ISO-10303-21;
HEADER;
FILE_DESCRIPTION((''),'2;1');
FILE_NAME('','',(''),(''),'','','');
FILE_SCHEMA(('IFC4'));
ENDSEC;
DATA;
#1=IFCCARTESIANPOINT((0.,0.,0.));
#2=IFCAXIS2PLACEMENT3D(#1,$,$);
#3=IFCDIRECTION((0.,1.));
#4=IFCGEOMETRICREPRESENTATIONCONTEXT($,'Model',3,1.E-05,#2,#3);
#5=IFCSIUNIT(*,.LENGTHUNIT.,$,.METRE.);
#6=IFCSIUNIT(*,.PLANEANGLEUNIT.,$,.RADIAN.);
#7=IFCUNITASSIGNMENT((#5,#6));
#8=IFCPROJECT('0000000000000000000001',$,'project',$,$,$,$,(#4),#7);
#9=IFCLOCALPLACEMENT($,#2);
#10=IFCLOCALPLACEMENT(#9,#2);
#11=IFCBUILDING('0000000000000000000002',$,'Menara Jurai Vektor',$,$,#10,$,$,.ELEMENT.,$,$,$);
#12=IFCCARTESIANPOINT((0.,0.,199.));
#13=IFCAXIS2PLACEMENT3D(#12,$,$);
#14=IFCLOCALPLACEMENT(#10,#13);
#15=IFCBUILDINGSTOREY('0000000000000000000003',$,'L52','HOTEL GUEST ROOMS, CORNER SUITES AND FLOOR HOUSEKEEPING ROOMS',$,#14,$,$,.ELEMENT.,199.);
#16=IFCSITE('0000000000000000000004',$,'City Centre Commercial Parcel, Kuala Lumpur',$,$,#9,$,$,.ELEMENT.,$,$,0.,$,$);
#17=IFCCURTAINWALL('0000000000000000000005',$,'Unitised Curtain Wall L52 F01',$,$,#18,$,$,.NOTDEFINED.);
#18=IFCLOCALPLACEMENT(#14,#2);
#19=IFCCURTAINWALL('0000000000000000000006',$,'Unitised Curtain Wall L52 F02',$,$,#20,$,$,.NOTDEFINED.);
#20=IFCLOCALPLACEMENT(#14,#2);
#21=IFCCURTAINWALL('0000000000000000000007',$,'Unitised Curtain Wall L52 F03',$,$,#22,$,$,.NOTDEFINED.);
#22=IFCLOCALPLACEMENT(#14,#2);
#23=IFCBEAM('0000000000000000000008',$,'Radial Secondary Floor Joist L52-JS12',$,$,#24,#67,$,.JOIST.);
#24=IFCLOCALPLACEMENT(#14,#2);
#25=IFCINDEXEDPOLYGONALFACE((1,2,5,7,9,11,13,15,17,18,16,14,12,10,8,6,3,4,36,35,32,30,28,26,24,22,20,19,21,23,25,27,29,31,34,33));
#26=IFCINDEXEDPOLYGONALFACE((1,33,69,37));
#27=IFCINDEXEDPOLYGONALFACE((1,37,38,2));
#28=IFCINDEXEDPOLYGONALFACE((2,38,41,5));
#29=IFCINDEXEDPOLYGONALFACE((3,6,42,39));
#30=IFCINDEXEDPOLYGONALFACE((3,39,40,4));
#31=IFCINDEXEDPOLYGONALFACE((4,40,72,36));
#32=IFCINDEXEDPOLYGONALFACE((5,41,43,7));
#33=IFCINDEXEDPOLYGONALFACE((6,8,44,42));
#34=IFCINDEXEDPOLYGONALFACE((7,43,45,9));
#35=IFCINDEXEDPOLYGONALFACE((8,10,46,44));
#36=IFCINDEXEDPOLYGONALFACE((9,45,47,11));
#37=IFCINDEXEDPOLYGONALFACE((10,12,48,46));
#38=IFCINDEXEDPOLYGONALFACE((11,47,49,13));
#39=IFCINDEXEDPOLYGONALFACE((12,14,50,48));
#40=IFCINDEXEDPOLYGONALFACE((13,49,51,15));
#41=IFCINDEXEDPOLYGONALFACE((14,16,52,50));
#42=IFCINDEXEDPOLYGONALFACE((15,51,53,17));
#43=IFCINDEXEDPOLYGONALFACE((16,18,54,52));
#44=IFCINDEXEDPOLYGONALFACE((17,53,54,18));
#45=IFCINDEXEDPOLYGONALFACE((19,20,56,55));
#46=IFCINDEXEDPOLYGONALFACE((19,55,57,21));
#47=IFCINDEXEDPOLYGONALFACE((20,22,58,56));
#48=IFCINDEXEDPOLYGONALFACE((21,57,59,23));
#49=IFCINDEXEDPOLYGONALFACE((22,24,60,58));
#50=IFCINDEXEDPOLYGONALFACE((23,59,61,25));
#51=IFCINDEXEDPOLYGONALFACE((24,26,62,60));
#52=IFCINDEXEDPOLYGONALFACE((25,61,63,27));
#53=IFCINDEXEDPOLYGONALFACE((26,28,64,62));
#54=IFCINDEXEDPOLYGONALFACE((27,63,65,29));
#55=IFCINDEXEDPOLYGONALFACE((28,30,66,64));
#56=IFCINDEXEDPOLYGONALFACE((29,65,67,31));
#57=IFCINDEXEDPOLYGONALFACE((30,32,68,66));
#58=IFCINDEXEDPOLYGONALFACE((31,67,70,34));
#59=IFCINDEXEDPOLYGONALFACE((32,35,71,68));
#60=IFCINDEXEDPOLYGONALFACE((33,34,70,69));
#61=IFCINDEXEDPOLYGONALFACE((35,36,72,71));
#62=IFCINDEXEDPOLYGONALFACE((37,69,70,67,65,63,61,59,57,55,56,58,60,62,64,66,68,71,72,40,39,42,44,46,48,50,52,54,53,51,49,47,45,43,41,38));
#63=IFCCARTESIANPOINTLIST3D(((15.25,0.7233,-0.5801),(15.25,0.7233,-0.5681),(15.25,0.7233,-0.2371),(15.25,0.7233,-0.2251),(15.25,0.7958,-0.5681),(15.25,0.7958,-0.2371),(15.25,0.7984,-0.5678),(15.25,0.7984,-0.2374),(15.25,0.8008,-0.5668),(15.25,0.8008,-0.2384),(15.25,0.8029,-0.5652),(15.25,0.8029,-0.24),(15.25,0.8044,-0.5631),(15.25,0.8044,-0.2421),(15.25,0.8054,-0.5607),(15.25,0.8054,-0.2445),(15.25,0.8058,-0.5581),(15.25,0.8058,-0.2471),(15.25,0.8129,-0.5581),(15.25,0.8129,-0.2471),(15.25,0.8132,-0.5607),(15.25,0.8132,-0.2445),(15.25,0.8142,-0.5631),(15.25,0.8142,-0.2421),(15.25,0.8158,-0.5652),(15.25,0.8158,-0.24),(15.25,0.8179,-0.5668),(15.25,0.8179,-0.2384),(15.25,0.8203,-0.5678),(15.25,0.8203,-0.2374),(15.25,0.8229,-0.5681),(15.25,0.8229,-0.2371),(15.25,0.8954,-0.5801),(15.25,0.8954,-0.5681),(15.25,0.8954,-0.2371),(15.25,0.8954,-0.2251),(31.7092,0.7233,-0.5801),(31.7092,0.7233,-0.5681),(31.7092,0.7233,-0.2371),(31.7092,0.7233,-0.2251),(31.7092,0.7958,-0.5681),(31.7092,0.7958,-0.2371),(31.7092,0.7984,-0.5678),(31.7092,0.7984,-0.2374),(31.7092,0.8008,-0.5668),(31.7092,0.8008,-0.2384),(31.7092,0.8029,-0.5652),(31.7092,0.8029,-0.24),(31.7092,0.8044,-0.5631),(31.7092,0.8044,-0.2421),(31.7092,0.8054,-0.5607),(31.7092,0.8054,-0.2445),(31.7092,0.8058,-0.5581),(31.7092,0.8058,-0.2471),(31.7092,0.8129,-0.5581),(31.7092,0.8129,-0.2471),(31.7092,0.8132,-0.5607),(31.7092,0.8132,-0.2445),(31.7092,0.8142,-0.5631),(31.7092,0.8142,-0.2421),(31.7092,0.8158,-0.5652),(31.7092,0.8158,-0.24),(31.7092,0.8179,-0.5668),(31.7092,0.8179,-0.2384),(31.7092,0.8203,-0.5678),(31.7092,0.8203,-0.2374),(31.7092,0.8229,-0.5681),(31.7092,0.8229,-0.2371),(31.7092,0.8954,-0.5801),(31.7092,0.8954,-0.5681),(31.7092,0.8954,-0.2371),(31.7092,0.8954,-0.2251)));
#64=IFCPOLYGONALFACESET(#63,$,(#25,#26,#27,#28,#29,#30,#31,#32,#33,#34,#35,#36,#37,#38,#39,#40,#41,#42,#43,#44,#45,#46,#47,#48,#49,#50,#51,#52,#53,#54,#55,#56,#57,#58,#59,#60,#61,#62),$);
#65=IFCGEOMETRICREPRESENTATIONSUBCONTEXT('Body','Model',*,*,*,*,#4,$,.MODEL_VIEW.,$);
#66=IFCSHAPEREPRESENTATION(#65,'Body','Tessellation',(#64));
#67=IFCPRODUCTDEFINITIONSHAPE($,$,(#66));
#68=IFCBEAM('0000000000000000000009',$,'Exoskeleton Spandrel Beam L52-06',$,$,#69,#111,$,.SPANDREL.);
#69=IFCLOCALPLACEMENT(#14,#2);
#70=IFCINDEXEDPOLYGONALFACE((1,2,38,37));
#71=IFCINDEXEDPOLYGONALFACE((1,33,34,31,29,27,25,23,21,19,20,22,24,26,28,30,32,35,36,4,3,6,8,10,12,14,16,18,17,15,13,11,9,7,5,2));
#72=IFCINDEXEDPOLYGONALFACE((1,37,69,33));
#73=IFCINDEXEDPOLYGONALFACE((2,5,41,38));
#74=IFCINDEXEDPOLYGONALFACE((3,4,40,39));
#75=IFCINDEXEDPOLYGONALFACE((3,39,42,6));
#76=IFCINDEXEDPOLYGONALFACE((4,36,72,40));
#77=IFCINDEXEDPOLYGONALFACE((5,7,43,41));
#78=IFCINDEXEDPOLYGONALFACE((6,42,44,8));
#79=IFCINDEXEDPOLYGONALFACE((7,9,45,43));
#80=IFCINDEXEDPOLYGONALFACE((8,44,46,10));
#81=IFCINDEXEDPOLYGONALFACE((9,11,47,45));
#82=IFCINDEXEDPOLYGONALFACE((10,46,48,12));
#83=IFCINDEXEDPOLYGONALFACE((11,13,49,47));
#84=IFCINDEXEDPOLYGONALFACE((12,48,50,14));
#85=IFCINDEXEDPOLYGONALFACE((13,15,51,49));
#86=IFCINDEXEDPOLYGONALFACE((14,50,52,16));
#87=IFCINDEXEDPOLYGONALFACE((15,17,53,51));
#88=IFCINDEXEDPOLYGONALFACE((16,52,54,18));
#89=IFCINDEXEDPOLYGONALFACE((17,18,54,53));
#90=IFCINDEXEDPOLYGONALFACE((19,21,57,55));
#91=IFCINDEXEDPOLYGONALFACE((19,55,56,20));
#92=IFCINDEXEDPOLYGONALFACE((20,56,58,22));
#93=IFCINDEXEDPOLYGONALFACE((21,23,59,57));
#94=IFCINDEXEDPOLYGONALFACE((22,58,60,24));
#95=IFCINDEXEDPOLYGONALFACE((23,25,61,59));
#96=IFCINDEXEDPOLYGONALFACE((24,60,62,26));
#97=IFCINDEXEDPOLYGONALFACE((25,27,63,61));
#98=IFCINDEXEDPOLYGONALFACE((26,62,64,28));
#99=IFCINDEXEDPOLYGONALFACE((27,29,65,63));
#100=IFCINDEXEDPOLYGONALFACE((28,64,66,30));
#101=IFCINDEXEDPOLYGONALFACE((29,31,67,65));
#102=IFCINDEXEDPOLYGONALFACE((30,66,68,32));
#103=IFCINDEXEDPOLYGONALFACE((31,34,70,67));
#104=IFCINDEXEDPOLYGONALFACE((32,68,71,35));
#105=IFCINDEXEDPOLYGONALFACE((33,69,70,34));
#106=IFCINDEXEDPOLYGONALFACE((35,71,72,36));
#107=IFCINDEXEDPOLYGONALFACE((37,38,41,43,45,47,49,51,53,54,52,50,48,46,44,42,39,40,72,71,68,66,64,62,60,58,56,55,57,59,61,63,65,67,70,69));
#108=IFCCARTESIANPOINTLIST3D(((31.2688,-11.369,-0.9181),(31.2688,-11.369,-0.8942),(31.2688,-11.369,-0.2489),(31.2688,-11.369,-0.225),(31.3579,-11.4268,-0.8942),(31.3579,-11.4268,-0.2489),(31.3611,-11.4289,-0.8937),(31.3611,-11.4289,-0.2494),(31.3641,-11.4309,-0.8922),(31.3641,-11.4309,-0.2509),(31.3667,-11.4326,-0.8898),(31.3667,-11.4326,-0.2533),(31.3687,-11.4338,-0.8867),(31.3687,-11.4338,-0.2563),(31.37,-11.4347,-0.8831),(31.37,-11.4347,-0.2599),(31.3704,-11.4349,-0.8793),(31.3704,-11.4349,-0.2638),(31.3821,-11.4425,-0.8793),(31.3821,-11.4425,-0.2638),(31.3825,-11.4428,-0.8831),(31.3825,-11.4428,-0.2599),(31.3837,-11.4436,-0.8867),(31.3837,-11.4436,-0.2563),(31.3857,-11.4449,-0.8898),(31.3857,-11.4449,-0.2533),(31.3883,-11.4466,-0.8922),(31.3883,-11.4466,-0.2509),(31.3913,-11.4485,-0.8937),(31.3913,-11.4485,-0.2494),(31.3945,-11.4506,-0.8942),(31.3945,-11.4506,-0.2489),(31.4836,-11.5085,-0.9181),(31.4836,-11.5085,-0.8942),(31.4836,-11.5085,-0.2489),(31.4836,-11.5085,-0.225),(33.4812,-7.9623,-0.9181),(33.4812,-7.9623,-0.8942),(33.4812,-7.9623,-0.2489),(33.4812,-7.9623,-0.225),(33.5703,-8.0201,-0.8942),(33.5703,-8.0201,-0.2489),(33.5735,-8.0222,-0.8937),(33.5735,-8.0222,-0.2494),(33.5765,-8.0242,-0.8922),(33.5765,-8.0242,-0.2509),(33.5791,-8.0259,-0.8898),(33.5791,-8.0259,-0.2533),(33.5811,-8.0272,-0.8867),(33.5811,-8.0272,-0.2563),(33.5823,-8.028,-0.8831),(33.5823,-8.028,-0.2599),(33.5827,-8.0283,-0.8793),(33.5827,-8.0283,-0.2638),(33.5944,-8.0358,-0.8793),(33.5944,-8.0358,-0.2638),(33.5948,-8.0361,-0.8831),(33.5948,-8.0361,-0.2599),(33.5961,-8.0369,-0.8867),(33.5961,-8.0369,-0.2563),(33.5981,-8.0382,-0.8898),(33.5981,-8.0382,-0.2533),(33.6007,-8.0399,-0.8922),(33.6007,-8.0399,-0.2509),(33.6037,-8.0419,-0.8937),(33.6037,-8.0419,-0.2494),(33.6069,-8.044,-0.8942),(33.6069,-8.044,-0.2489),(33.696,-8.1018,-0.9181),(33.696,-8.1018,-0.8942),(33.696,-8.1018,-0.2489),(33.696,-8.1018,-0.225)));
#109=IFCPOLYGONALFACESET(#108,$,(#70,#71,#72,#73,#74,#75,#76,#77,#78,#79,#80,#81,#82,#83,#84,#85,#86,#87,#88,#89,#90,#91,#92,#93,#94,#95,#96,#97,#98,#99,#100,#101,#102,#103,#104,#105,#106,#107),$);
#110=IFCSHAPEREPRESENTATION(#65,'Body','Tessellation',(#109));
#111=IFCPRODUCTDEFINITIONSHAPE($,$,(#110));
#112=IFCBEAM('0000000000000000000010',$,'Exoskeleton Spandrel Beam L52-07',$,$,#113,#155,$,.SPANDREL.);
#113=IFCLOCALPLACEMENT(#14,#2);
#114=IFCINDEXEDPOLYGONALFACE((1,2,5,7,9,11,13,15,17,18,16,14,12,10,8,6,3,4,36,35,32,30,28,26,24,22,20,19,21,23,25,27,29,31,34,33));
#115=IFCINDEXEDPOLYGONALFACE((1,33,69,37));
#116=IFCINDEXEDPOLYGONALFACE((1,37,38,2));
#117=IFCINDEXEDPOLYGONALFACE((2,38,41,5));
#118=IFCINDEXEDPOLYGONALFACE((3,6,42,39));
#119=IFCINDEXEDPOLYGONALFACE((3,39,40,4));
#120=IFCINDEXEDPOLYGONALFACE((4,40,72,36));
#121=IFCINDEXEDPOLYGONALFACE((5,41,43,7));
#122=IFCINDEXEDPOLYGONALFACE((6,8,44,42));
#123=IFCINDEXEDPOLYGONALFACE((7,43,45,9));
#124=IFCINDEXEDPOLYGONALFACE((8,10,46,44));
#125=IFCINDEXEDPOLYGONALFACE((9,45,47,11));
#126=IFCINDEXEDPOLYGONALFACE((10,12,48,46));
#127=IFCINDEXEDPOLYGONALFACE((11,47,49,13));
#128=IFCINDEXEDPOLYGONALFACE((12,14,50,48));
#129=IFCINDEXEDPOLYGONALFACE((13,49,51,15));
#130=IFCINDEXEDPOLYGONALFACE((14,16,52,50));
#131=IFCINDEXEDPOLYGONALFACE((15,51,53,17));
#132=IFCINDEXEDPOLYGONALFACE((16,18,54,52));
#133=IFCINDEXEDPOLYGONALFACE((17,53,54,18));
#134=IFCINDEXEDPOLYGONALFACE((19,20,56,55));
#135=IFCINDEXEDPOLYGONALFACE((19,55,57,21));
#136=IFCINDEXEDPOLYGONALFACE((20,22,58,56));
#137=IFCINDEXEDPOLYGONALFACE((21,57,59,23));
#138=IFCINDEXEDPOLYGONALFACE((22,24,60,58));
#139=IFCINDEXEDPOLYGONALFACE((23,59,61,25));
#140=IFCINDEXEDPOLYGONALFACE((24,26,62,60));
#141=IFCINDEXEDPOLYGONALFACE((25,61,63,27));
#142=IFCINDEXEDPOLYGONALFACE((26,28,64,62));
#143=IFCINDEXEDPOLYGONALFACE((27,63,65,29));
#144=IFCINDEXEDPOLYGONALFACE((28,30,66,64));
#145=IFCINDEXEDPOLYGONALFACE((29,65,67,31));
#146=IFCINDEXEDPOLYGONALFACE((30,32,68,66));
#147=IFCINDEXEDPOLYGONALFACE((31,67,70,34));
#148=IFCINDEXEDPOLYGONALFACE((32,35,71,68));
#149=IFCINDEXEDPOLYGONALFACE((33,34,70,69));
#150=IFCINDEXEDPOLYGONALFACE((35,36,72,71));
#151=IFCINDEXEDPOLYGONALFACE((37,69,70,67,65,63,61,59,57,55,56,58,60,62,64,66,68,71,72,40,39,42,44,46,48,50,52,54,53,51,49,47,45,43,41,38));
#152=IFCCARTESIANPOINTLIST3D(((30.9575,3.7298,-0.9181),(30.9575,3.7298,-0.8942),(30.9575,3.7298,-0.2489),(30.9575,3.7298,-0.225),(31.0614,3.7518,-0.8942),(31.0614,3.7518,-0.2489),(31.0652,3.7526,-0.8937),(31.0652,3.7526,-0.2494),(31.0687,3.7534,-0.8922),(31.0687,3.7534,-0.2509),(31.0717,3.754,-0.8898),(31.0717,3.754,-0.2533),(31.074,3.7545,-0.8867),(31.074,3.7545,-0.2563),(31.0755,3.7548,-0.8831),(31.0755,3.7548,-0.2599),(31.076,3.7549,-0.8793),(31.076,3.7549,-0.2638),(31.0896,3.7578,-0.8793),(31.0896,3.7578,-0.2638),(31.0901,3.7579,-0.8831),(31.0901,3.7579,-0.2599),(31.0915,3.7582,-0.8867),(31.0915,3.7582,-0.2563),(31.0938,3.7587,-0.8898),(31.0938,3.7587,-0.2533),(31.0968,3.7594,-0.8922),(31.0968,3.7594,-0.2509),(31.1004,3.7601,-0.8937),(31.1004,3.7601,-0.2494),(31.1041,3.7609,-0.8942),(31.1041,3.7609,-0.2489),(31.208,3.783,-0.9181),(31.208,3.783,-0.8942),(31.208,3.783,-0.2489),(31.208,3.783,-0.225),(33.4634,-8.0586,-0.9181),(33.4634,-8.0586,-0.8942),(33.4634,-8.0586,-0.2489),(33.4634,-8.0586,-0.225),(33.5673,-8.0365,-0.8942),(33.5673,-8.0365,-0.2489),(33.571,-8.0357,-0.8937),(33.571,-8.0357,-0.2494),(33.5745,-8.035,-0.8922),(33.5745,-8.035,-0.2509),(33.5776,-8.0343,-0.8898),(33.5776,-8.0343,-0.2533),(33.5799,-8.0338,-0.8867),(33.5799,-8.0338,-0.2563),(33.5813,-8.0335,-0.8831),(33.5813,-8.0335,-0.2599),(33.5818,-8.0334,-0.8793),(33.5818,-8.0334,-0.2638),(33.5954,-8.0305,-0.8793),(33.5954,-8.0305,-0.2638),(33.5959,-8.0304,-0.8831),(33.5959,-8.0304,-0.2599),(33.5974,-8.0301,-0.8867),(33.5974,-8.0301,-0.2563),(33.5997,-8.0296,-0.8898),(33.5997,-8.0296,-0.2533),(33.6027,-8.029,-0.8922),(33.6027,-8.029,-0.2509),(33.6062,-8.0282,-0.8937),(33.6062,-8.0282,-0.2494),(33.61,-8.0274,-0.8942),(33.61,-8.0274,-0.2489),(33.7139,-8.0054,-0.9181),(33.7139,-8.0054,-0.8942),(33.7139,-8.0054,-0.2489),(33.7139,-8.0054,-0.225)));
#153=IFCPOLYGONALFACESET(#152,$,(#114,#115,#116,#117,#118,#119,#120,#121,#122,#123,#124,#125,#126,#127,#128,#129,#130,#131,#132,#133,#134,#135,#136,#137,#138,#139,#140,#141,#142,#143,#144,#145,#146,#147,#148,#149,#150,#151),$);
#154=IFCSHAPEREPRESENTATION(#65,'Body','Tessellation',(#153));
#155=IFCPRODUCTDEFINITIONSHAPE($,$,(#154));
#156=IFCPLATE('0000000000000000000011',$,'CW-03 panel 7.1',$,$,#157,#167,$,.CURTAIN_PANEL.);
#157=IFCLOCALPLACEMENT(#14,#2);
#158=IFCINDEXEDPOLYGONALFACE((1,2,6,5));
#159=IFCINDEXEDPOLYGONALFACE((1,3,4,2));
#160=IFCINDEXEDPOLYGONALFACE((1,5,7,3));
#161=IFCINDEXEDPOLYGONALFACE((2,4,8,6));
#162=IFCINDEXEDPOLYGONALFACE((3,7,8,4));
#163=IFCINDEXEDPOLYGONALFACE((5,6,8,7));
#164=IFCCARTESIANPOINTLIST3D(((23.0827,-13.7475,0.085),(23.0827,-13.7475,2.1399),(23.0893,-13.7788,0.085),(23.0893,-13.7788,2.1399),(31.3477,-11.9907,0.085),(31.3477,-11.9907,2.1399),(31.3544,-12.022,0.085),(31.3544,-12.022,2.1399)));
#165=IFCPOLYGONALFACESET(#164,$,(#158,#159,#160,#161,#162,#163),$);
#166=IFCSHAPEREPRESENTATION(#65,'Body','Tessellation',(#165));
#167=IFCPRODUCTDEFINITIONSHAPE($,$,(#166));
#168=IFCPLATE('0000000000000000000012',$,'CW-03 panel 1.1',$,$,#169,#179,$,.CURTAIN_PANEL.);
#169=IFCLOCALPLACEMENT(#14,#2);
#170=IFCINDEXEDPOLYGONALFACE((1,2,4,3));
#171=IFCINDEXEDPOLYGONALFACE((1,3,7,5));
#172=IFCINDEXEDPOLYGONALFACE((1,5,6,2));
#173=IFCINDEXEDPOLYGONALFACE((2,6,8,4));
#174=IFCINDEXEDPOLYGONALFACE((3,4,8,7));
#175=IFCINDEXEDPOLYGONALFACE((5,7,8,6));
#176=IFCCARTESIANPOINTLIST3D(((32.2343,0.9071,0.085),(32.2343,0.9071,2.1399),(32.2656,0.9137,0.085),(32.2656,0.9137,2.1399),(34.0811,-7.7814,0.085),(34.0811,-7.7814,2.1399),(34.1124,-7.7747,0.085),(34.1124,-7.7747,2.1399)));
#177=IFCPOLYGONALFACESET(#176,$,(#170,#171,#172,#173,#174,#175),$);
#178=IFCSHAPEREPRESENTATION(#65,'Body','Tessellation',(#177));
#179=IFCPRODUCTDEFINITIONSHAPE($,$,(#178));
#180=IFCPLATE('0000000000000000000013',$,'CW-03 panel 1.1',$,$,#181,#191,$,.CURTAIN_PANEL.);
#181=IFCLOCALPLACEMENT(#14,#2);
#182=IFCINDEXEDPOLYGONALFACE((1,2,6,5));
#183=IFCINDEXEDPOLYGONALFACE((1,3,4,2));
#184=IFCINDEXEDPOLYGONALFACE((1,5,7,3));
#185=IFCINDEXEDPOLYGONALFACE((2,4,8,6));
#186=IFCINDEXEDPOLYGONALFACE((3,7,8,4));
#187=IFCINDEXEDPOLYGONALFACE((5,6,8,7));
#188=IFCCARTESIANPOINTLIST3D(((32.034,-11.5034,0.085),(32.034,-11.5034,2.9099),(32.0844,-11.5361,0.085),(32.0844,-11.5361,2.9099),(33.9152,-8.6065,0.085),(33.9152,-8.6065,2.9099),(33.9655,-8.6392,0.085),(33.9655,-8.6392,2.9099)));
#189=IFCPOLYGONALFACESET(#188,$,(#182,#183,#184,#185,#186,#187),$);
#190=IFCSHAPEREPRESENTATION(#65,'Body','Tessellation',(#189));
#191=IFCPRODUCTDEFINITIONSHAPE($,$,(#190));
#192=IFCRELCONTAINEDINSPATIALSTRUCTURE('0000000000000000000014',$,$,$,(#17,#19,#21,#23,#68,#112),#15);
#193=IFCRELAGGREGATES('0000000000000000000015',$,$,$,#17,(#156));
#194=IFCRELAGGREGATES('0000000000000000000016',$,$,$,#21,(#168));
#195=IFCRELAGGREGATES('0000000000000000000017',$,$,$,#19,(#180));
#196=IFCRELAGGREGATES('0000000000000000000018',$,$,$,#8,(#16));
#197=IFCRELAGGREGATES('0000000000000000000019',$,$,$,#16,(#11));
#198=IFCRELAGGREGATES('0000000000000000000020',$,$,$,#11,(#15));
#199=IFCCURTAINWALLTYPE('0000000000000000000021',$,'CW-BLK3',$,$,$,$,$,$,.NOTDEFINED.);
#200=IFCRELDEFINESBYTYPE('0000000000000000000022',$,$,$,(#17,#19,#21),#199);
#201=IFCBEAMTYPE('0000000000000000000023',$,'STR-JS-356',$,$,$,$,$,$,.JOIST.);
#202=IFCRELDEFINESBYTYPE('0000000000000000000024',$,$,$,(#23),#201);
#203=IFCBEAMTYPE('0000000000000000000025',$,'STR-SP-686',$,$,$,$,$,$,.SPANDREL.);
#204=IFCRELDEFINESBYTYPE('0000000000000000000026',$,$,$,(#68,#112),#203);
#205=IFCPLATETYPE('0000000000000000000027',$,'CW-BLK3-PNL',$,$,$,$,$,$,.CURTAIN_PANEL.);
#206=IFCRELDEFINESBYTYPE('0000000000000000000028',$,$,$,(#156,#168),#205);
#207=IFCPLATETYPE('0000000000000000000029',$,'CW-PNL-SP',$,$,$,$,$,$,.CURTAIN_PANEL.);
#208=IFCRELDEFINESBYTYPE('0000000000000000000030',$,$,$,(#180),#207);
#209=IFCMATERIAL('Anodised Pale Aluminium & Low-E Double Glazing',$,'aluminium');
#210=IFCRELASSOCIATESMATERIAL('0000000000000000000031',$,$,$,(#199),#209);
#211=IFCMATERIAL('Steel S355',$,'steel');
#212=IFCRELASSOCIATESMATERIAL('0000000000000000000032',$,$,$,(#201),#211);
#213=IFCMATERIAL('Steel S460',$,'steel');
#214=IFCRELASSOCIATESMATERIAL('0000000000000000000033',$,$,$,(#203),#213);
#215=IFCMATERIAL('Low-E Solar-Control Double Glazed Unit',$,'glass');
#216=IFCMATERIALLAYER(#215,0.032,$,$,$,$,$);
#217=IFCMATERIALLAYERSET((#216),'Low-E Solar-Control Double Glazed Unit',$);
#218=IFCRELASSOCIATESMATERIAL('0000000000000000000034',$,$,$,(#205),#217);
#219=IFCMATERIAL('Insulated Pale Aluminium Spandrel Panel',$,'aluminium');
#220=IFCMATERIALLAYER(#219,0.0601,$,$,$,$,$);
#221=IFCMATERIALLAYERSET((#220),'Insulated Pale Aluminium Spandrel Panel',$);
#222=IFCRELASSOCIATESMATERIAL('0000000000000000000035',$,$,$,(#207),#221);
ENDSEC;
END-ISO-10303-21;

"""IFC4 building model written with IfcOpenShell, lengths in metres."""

from ifc_helpers import new_model, si_unit, direction, frame, origin, origin_2d, place, context, subcontext, project, spatial, rectangle, i_section, extrude, material, layer, layer_set, material_profile, profile_set, type_object, element, aggregate, save


model = new_model("IFC4")

# Units and contexts
model_context = context("Model", 3, precision=1e-05, world=origin(), true_north=direction((0.0, 1.0)))
body_context = subcontext(model_context, "Body", "Model", "MODEL_VIEW")
ifc_project = project(units=[si_unit("LENGTHUNIT", "METRE"), si_unit("PLANEANGLEUNIT", "RADIAN")], contexts=[model_context])

# Site, building, storey
site_placement = place(None, origin())
site = spatial("IfcSite", under=ifc_project, at=site_placement, Name="City Centre Commercial Parcel, Kuala Lumpur", CompositionType="ELEMENT", RefElevation=0.0)
building_placement = place(site_placement, origin())
building = spatial("IfcBuilding", under=site, at=building_placement, Name="Menara Jurai Vektor", CompositionType="ELEMENT")
storey_placement = place(building_placement, frame((0.0, 0.0, 199.0)))
storey = spatial("IfcBuildingStorey", under=building, at=storey_placement, Name="L52", Description="HOTEL GUEST ROOMS, CORNER SUITES AND FLOOR HOUSEKEEPING ROOMS", CompositionType="ELEMENT", Elevation=199.0)

# Shared definitions
ifc_material_1 = material(Name="Steel S460", Category="steel")

# Curtain walls
ifc_material_2 = material(Name="Anodised Pale Aluminium & Low-E Double Glazing", Category="aluminium")
curtain_wall_type = type_object("IfcCurtainWallType", Name="CW-BLK3", PredefinedType="NOTDEFINED", material=ifc_material_2)
curtain_wall_1_placement = place(storey_placement, origin())
curtain_wall_1 = element("IfcCurtainWall", 1, at=curtain_wall_1_placement, inside=storey, type_object=curtain_wall_type, Name="Unitised Curtain Wall L52 F01", PredefinedType="NOTDEFINED")
curtain_wall_2_placement = place(storey_placement, origin())
curtain_wall_2 = element("IfcCurtainWall", 2, at=curtain_wall_2_placement, inside=storey, type_object=curtain_wall_type, Name="Unitised Curtain Wall L52 F02", PredefinedType="NOTDEFINED")
curtain_wall_3_placement = place(storey_placement, origin())
curtain_wall_3 = element("IfcCurtainWall", 3, at=curtain_wall_3_placement, inside=storey, type_object=curtain_wall_type, Name="Unitised Curtain Wall L52 F03", PredefinedType="NOTDEFINED")

# Shared definitions
ifc_material_3 = material(Name="Steel S355", Category="steel")

# Beams
ifc_material_profile_1 = material_profile(ifc_material_3, i_section(OverallWidth=0.1721, OverallDepth=0.355, WebThickness=0.0071, FlangeThickness=0.012, FilletRadius=0.01, at=origin_2d()), Name="UKB 356x171x51")
ifc_profile_set_1 = profile_set([ifc_material_profile_1], Name="Steel S355")
beam_type_1 = type_object("IfcBeamType", Name="STR-JS-356", PredefinedType="JOIST", material=ifc_profile_set_1)
beam_1_placement = place(storey_placement, frame((31.7092, 0.8093, -0.4026), z_axis=(-1.0, 0.0, 0.0), x_axis=(0.0, -1.0, 0.0)))
element("IfcBeam", 4, at=beam_1_placement, inside=storey, type_object=beam_type_1, Name="Radial Secondary Floor Joist L52-JS12", PredefinedType="JOIST", context=body_context, shape_type="SweptSolid", body=[
    extrude(i_section(OverallWidth=0.1721, OverallDepth=0.355, WebThickness=0.0071, FlangeThickness=0.012, FilletRadius=0.01, at=origin_2d()), origin(), (0.0, 0.0, 1.0), 16.4592),
])
ifc_material_profile_2 = material_profile(ifc_material_1, i_section(OverallWidth=0.2561, OverallDepth=0.6931, WebThickness=0.0139, FlangeThickness=0.0239, FilletRadius=0.0149, at=origin_2d()), Name="UKB 686x254x170")
ifc_profile_set_2 = profile_set([ifc_material_profile_2], Name="Steel S460")
beam_type_2 = type_object("IfcBeamType", Name="STR-SP-686", PredefinedType="SPANDREL", material=ifc_profile_set_2)
beam_2_placement = place(storey_placement, frame((31.3762, -11.4387, -0.5715), z_axis=(0.544646, 0.838666, 0.0), x_axis=(-0.838666, 0.544646, 0.0)))
element("IfcBeam", 5, at=beam_2_placement, inside=storey, type_object=beam_type_2, Name="Exoskeleton Spandrel Beam L52-06", PredefinedType="SPANDREL", context=body_context, shape_type="SweptSolid", body=[
    extrude(i_section(OverallWidth=0.2561, OverallDepth=0.6931, WebThickness=0.0139, FlangeThickness=0.0239, FilletRadius=0.0149, at=origin_2d()), origin(), (0.0, 0.0, 1.0), 4.062),
])
beam_3_placement = place(storey_placement, frame((33.5886, -8.032, -0.5715), z_axis=(-0.207925, 0.978145, 0.0), x_axis=(-0.978145, -0.207925, 0.0)))
element("IfcBeam", 6, at=beam_3_placement, inside=storey, type_object=beam_type_2, Name="Exoskeleton Spandrel Beam L52-07", PredefinedType="SPANDREL", context=body_context, shape_type="SweptSolid", body=[
    extrude(i_section(OverallWidth=0.2561, OverallDepth=0.6931, WebThickness=0.0139, FlangeThickness=0.0239, FilletRadius=0.0149, at=origin_2d()), origin(), (0.0, 0.0, 1.0), 12.0518),
])

# Plates
ifc_material_4 = material(Name="Low-E Solar-Control Double Glazed Unit", Category="glass")
ifc_layer_1 = layer(ifc_material_4, 0.032)
ifc_layer_set_1 = layer_set([ifc_layer_1], Name="Low-E Solar-Control Double Glazed Unit")
plate_type_1 = type_object("IfcPlateType", Name="CW-BLK3-PNL", PredefinedType="CURTAIN_PANEL", material=ifc_layer_set_1)
plate_1_placement = place(storey_placement, frame((27.2185, -12.8848, 0.085), z_axis=(0.0, 0.0, 1.0), x_axis=(0.978148, 0.207911, 0.0)))
plate_1 = element("IfcPlate", 7, at=plate_1_placement, type_object=plate_type_1, Name="CW-03 panel 7.1", PredefinedType="CURTAIN_PANEL", context=body_context, shape_type="SweptSolid", body=[
    extrude(rectangle(XDim=8.4497, YDim=0.032, at=origin_2d()), origin(), (0.0, 0.0, 1.0), 2.0549),
])
aggregate(curtain_wall_1, [plate_1])
plate_2_placement = place(storey_placement, frame((33.1733, -3.4338, 0.085), z_axis=(0.0, 0.0, 1.0), x_axis=(-0.20791, 0.978148, 0.0)))
plate_2 = element("IfcPlate", 8, at=plate_2_placement, type_object=plate_type_1, Name="CW-03 panel 1.1", PredefinedType="CURTAIN_PANEL", context=body_context, shape_type="SweptSolid", body=[
    extrude(rectangle(XDim=8.8826, YDim=0.032, at=origin_2d()), origin(), (0.0, 0.0, 1.0), 2.0549),
])
aggregate(curtain_wall_3, [plate_2])
ifc_material_5 = material(Name="Insulated Pale Aluminium Spandrel Panel", Category="aluminium")
ifc_layer_2 = layer(ifc_material_5, 0.0601)
ifc_layer_set_2 = layer_set([ifc_layer_2], Name="Insulated Pale Aluminium Spandrel Panel")
plate_type_2 = type_object("IfcPlateType", Name="CW-PNL-SP", PredefinedType="CURTAIN_PANEL", material=ifc_layer_set_2)
plate_3_placement = place(storey_placement, frame((32.9998, -10.0713, 0.085), z_axis=(0.0, 0.0, 1.0), x_axis=(0.544618, 0.838684, 0.0)))
plate_3 = element("IfcPlate", 9, at=plate_3_placement, type_object=plate_type_2, Name="CW-03 panel 1.1", PredefinedType="CURTAIN_PANEL", context=body_context, shape_type="SweptSolid", body=[
    extrude(rectangle(XDim=3.4541, YDim=0.0601, at=origin_2d()), origin(), (0.0, 0.0, 1.0), 2.825),
])
aggregate(curtain_wall_2, [plate_3])

save(model, "model.ifc")
